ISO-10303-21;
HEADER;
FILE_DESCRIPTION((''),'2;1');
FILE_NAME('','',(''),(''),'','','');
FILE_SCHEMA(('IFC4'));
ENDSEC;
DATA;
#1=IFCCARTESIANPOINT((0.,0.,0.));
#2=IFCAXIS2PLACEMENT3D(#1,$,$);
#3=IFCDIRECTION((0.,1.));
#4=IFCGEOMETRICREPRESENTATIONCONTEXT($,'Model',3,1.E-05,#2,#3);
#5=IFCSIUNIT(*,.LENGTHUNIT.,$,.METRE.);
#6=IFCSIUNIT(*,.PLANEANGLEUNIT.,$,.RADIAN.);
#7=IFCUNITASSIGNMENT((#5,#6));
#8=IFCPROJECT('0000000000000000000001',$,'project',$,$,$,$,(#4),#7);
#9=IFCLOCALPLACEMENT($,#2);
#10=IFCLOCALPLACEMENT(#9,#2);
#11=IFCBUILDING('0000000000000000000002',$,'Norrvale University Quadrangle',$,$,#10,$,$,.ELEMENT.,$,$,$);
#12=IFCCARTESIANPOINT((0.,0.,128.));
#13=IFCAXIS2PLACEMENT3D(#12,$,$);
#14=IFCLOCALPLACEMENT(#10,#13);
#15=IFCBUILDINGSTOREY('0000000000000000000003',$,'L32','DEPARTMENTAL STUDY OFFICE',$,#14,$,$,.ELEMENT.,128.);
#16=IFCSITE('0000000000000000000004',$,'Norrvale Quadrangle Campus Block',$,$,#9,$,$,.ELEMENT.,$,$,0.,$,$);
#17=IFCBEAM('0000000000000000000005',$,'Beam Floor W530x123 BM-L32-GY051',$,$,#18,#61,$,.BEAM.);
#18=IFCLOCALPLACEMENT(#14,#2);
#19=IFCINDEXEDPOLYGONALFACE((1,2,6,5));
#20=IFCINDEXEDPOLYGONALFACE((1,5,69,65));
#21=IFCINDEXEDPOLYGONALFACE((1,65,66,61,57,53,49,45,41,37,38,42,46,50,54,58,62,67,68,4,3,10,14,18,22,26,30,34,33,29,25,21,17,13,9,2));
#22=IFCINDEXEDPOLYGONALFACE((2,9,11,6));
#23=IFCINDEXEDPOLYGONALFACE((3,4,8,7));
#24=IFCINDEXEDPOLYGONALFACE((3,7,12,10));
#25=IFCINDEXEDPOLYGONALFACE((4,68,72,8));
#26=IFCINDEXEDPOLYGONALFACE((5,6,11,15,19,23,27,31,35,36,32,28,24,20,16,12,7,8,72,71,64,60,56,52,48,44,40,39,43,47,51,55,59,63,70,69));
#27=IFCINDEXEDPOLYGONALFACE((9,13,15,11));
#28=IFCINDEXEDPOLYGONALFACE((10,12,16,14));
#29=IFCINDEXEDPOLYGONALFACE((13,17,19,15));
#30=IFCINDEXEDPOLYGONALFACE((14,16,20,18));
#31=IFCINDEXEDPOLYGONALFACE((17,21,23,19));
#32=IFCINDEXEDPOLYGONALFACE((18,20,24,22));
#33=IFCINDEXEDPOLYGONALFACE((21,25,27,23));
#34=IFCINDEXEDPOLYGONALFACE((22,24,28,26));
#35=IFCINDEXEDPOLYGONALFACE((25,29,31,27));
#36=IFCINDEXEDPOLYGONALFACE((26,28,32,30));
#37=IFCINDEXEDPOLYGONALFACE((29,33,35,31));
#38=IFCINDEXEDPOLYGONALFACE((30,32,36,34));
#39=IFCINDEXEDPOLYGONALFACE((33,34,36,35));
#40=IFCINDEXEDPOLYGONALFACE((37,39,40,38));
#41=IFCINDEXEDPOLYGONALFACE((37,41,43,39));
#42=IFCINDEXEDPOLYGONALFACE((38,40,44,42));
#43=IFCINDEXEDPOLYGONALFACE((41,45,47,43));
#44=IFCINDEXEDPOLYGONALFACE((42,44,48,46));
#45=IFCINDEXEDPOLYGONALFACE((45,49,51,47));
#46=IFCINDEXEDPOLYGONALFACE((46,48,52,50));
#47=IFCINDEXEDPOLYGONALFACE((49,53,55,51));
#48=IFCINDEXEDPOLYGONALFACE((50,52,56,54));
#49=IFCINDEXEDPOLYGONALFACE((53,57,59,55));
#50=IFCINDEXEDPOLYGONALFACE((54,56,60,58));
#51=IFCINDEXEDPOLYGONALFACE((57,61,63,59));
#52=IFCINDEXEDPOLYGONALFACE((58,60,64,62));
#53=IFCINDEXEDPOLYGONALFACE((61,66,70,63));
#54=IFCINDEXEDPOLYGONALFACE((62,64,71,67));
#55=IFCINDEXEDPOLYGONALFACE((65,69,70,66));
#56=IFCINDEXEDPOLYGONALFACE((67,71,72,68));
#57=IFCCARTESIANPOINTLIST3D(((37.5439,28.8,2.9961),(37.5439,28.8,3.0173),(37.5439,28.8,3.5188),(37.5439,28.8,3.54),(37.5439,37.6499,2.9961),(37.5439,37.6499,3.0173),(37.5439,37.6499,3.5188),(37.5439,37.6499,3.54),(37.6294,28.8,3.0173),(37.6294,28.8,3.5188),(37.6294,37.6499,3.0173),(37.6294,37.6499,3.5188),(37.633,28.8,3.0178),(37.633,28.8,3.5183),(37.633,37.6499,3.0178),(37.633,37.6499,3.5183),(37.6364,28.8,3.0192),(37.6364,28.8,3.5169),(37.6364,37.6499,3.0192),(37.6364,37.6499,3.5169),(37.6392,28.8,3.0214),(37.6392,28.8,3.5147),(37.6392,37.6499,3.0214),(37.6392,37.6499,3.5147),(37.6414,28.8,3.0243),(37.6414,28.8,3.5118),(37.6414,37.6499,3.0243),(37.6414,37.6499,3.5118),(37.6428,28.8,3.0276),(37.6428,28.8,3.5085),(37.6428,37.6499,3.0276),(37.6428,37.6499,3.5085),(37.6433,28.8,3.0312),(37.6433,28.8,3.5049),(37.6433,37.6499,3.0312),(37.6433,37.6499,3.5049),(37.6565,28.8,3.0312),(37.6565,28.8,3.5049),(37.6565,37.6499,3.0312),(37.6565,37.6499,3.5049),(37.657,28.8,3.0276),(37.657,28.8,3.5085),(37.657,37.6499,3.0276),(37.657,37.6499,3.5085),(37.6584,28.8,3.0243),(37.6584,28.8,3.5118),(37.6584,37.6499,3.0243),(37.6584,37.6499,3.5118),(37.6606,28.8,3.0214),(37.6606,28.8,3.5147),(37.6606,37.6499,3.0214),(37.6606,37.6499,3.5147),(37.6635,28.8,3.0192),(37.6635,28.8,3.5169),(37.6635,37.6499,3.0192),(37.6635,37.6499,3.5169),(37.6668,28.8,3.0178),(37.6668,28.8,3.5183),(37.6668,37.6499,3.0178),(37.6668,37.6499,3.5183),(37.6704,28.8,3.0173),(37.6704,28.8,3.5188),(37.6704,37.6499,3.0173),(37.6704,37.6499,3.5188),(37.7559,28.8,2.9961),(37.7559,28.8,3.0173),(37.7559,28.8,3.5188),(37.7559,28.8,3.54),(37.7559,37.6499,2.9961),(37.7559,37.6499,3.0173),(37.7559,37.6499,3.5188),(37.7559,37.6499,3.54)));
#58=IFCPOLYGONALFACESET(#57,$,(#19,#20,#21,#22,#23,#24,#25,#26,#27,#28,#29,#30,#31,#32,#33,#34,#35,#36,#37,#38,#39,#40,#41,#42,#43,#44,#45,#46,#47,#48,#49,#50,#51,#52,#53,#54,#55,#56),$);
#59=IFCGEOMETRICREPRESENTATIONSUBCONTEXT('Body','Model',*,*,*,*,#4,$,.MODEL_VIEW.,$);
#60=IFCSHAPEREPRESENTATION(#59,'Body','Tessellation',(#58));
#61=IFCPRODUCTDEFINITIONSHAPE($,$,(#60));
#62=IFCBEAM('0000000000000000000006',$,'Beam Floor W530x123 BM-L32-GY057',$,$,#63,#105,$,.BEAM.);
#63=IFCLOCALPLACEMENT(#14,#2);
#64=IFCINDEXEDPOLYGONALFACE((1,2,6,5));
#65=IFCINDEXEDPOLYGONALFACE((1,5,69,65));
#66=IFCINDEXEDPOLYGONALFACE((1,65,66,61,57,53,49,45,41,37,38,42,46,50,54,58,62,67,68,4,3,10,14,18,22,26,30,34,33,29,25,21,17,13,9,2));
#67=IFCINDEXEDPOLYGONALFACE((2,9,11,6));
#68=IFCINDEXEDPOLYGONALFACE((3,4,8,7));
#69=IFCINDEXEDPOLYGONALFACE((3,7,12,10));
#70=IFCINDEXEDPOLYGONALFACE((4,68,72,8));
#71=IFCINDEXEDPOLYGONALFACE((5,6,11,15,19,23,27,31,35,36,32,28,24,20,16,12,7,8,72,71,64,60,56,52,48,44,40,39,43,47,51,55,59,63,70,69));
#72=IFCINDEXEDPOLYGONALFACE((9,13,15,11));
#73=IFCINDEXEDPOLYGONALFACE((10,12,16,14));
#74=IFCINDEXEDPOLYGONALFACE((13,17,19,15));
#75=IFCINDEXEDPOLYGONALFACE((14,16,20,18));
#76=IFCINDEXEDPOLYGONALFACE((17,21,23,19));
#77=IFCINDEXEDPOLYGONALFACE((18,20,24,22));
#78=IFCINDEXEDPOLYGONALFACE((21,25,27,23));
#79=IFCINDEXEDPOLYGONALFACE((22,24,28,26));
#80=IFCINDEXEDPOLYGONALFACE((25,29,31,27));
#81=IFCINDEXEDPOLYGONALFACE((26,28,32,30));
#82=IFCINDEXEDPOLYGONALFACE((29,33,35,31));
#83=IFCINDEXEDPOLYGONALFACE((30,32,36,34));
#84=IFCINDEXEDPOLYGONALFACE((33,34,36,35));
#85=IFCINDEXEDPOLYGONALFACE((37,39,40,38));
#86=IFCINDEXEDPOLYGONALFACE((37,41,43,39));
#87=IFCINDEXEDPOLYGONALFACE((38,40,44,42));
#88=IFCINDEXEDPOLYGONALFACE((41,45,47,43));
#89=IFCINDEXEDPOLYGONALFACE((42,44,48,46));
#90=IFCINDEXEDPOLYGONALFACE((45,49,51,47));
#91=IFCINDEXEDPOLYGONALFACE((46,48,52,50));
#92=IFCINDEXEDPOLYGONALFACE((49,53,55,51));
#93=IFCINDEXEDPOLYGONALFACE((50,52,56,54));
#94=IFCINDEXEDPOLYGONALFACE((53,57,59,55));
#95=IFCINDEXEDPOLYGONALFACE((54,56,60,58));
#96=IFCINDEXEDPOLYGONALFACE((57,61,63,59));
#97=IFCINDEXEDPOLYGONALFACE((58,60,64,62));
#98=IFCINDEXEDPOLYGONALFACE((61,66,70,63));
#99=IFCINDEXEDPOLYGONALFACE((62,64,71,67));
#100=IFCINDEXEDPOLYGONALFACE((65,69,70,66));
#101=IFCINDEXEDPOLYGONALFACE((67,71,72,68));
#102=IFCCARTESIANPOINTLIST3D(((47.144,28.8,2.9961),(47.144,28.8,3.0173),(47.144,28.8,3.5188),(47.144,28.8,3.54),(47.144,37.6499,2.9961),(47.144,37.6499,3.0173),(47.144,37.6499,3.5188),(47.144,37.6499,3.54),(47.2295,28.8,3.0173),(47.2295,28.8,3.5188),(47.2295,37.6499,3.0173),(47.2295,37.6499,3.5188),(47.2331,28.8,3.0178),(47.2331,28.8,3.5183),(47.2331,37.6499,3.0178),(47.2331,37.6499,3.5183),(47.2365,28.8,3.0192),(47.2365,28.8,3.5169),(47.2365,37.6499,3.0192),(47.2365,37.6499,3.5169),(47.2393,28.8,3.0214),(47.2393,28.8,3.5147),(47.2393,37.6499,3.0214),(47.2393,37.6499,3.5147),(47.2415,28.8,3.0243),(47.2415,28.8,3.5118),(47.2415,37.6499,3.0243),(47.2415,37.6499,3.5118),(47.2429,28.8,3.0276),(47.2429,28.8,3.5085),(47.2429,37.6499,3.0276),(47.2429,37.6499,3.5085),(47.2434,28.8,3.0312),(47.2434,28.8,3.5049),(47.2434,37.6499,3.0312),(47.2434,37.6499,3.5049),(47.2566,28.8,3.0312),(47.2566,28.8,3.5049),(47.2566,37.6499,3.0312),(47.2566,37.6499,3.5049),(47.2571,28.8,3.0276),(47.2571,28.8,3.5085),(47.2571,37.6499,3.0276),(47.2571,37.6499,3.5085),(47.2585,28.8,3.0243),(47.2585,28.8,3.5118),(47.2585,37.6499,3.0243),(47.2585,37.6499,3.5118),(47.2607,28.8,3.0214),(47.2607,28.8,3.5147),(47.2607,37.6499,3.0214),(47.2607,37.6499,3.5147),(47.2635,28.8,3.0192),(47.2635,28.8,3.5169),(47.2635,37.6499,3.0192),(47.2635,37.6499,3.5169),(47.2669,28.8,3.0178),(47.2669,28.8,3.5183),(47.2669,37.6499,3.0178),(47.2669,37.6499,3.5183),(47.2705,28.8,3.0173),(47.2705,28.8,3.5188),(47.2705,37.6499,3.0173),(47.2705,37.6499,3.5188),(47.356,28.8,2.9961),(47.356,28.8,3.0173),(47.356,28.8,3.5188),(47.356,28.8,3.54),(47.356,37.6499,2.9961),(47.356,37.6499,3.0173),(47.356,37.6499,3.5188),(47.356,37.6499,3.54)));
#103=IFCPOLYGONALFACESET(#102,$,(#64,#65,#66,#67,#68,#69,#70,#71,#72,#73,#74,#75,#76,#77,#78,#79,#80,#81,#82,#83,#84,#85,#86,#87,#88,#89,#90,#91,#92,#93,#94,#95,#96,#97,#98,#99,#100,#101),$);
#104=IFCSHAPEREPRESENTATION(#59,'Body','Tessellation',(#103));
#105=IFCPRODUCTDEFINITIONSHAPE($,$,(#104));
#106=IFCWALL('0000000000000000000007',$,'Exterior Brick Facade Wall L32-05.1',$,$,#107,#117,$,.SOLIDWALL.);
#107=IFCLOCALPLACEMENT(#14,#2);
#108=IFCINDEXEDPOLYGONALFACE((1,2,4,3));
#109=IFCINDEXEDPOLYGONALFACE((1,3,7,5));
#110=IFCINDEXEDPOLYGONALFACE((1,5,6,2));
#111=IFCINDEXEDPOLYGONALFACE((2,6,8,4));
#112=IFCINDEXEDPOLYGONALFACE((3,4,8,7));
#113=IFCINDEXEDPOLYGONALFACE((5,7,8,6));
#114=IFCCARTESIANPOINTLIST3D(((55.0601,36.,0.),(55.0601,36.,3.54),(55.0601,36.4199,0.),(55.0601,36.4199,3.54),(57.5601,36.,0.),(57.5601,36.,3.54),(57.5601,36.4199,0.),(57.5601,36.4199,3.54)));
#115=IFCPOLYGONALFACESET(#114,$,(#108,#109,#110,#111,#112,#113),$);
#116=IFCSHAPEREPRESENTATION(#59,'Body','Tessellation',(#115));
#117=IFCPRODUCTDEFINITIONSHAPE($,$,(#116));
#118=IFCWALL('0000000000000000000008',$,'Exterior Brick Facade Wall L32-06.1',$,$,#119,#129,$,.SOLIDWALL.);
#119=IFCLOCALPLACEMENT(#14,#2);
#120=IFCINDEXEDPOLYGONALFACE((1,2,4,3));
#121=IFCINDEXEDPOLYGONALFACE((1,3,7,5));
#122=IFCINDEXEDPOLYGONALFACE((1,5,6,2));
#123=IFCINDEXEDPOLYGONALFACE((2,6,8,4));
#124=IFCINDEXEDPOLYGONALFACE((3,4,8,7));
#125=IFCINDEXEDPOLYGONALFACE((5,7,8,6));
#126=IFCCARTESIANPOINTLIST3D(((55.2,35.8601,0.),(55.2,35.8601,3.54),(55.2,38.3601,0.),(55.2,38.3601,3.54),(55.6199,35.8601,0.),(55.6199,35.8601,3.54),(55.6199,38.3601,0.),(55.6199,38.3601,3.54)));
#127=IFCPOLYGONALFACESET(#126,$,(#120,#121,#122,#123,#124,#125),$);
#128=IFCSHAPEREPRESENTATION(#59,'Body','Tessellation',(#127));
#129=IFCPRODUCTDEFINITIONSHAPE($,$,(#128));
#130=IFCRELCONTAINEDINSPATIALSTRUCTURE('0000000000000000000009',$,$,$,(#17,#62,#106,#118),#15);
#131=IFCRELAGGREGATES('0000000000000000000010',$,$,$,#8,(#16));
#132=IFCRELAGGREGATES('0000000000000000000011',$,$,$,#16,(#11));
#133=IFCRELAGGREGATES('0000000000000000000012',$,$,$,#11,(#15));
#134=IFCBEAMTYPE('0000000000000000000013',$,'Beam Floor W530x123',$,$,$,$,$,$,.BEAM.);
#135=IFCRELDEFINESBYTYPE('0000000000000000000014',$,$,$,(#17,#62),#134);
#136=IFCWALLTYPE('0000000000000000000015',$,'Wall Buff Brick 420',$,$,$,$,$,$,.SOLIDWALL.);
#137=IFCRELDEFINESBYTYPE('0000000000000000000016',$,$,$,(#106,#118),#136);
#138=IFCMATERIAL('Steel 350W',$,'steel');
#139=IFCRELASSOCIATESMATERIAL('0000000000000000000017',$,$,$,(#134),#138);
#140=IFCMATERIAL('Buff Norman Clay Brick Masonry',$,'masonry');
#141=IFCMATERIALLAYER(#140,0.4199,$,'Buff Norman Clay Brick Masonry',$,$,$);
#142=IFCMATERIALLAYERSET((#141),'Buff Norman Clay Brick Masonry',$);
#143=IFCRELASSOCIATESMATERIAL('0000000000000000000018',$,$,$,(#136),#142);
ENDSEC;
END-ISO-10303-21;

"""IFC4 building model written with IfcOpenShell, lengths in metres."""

from ifc_helpers import new_model, si_unit, direction, frame, frame_2d, origin, origin_2d, place, context, subcontext, project, spatial, rectangle, i_section, extrude, material, layer, layer_set, material_profile, profile_set, type_object, element, save


model = new_model("IFC4")

# Units and contexts
model_context = context("Model", 3, precision=1e-05, world=origin(), true_north=direction((0.0, 1.0)))
body_context = subcontext(model_context, "Body", "Model", "MODEL_VIEW")
ifc_project = project(units=[si_unit("LENGTHUNIT", "METRE"), si_unit("PLANEANGLEUNIT", "RADIAN")], contexts=[model_context])

# Site, building, storey
site_placement = place(None, origin())
site = spatial("IfcSite", under=ifc_project, at=site_placement, Name="Norrvale Quadrangle Campus Block", CompositionType="ELEMENT", RefElevation=0.0)
building_placement = place(site_placement, origin())
building = spatial("IfcBuilding", under=site, at=building_placement, Name="Norrvale University Quadrangle", CompositionType="ELEMENT")
storey_placement = place(building_placement, frame((0.0, 0.0, 128.0)))
storey = spatial("IfcBuildingStorey", under=building, at=storey_placement, Name="L32", Description="DEPARTMENTAL STUDY OFFICE", CompositionType="ELEMENT", Elevation=128.0)

# Beams
ifc_material_1 = material(Name="Steel 350W", Category="steel")
ifc_material_profile_1 = material_profile(ifc_material_1, i_section(OverallWidth=0.2119, OverallDepth=0.5439, WebThickness=0.0132, FlangeThickness=0.0212, FilletRadius=0.0139, at=origin_2d()), Name="Steel 350W")
ifc_profile_set_1 = profile_set([ifc_material_profile_1], Name="Steel 350W")
beam_type_1 = type_object("IfcBeamType", Name="Beam Floor W530x123", PredefinedType="BEAM", material=ifc_profile_set_1)
for number, where, z_axis, x_axis, name in (
    (1, (37.6499, 28.8, 3.2681), (0.0, 1.0, 0.0), (-1.0, 0.0, 0.0), "Beam Floor W530x123 BM-L32-GY051"),
    (2, (47.25, 28.8, 3.2681), (0.0, 1.0, 0.0), (-1.0, 0.0, 0.0), "Beam Floor W530x123 BM-L32-GY057"),
):
    element("IfcBeam", number, at=place(storey_placement, frame(where, z_axis=z_axis, x_axis=x_axis)), inside=storey, type_object=beam_type_1, Name=name, PredefinedType="BEAM", context=body_context, shape_type="SweptSolid", body=[
        extrude(i_section(OverallWidth=0.2119, OverallDepth=0.5439, WebThickness=0.0132, FlangeThickness=0.0212, FilletRadius=0.0139, at=origin_2d()), origin(), (0.0, 0.0, 1.0), 8.8499),
    ])

# Walls
ifc_material_2 = material(Name="Buff Norman Clay Brick Masonry", Category="masonry")
ifc_layer = layer(ifc_material_2, 0.4199, Name="Buff Norman Clay Brick Masonry")
ifc_layer_set = layer_set([ifc_layer], Name="Buff Norman Clay Brick Masonry")
wall_type = type_object("IfcWallType", Name="Wall Buff Brick 420", PredefinedType="SOLIDWALL", material=ifc_layer_set)
for number, where, z_axis, x_axis, name in (
    (3, (57.5601, 36.21, 0.0), (0.0, 0.0, 1.0), (-1.0, 0.0, 0.0), "Exterior Brick Facade Wall L32-05.1"),
    (4, (55.4099, 35.8601, 0.0), (0.0, 0.0, 1.0), (0.0, 1.0, 0.0), "Exterior Brick Facade Wall L32-06.1"),
):
    element("IfcWall", number, at=place(storey_placement, frame(where, z_axis=z_axis, x_axis=x_axis)), inside=storey, type_object=wall_type, Name=name, PredefinedType="SOLIDWALL", context=body_context, shape_type="SweptSolid", body=[
        extrude(rectangle(XDim=2.5, YDim=0.4199, at=frame_2d((1.25, 0.0))), origin(), (0.0, 0.0, 1.0), 3.54),
    ])

save(model, "model.ifc")
